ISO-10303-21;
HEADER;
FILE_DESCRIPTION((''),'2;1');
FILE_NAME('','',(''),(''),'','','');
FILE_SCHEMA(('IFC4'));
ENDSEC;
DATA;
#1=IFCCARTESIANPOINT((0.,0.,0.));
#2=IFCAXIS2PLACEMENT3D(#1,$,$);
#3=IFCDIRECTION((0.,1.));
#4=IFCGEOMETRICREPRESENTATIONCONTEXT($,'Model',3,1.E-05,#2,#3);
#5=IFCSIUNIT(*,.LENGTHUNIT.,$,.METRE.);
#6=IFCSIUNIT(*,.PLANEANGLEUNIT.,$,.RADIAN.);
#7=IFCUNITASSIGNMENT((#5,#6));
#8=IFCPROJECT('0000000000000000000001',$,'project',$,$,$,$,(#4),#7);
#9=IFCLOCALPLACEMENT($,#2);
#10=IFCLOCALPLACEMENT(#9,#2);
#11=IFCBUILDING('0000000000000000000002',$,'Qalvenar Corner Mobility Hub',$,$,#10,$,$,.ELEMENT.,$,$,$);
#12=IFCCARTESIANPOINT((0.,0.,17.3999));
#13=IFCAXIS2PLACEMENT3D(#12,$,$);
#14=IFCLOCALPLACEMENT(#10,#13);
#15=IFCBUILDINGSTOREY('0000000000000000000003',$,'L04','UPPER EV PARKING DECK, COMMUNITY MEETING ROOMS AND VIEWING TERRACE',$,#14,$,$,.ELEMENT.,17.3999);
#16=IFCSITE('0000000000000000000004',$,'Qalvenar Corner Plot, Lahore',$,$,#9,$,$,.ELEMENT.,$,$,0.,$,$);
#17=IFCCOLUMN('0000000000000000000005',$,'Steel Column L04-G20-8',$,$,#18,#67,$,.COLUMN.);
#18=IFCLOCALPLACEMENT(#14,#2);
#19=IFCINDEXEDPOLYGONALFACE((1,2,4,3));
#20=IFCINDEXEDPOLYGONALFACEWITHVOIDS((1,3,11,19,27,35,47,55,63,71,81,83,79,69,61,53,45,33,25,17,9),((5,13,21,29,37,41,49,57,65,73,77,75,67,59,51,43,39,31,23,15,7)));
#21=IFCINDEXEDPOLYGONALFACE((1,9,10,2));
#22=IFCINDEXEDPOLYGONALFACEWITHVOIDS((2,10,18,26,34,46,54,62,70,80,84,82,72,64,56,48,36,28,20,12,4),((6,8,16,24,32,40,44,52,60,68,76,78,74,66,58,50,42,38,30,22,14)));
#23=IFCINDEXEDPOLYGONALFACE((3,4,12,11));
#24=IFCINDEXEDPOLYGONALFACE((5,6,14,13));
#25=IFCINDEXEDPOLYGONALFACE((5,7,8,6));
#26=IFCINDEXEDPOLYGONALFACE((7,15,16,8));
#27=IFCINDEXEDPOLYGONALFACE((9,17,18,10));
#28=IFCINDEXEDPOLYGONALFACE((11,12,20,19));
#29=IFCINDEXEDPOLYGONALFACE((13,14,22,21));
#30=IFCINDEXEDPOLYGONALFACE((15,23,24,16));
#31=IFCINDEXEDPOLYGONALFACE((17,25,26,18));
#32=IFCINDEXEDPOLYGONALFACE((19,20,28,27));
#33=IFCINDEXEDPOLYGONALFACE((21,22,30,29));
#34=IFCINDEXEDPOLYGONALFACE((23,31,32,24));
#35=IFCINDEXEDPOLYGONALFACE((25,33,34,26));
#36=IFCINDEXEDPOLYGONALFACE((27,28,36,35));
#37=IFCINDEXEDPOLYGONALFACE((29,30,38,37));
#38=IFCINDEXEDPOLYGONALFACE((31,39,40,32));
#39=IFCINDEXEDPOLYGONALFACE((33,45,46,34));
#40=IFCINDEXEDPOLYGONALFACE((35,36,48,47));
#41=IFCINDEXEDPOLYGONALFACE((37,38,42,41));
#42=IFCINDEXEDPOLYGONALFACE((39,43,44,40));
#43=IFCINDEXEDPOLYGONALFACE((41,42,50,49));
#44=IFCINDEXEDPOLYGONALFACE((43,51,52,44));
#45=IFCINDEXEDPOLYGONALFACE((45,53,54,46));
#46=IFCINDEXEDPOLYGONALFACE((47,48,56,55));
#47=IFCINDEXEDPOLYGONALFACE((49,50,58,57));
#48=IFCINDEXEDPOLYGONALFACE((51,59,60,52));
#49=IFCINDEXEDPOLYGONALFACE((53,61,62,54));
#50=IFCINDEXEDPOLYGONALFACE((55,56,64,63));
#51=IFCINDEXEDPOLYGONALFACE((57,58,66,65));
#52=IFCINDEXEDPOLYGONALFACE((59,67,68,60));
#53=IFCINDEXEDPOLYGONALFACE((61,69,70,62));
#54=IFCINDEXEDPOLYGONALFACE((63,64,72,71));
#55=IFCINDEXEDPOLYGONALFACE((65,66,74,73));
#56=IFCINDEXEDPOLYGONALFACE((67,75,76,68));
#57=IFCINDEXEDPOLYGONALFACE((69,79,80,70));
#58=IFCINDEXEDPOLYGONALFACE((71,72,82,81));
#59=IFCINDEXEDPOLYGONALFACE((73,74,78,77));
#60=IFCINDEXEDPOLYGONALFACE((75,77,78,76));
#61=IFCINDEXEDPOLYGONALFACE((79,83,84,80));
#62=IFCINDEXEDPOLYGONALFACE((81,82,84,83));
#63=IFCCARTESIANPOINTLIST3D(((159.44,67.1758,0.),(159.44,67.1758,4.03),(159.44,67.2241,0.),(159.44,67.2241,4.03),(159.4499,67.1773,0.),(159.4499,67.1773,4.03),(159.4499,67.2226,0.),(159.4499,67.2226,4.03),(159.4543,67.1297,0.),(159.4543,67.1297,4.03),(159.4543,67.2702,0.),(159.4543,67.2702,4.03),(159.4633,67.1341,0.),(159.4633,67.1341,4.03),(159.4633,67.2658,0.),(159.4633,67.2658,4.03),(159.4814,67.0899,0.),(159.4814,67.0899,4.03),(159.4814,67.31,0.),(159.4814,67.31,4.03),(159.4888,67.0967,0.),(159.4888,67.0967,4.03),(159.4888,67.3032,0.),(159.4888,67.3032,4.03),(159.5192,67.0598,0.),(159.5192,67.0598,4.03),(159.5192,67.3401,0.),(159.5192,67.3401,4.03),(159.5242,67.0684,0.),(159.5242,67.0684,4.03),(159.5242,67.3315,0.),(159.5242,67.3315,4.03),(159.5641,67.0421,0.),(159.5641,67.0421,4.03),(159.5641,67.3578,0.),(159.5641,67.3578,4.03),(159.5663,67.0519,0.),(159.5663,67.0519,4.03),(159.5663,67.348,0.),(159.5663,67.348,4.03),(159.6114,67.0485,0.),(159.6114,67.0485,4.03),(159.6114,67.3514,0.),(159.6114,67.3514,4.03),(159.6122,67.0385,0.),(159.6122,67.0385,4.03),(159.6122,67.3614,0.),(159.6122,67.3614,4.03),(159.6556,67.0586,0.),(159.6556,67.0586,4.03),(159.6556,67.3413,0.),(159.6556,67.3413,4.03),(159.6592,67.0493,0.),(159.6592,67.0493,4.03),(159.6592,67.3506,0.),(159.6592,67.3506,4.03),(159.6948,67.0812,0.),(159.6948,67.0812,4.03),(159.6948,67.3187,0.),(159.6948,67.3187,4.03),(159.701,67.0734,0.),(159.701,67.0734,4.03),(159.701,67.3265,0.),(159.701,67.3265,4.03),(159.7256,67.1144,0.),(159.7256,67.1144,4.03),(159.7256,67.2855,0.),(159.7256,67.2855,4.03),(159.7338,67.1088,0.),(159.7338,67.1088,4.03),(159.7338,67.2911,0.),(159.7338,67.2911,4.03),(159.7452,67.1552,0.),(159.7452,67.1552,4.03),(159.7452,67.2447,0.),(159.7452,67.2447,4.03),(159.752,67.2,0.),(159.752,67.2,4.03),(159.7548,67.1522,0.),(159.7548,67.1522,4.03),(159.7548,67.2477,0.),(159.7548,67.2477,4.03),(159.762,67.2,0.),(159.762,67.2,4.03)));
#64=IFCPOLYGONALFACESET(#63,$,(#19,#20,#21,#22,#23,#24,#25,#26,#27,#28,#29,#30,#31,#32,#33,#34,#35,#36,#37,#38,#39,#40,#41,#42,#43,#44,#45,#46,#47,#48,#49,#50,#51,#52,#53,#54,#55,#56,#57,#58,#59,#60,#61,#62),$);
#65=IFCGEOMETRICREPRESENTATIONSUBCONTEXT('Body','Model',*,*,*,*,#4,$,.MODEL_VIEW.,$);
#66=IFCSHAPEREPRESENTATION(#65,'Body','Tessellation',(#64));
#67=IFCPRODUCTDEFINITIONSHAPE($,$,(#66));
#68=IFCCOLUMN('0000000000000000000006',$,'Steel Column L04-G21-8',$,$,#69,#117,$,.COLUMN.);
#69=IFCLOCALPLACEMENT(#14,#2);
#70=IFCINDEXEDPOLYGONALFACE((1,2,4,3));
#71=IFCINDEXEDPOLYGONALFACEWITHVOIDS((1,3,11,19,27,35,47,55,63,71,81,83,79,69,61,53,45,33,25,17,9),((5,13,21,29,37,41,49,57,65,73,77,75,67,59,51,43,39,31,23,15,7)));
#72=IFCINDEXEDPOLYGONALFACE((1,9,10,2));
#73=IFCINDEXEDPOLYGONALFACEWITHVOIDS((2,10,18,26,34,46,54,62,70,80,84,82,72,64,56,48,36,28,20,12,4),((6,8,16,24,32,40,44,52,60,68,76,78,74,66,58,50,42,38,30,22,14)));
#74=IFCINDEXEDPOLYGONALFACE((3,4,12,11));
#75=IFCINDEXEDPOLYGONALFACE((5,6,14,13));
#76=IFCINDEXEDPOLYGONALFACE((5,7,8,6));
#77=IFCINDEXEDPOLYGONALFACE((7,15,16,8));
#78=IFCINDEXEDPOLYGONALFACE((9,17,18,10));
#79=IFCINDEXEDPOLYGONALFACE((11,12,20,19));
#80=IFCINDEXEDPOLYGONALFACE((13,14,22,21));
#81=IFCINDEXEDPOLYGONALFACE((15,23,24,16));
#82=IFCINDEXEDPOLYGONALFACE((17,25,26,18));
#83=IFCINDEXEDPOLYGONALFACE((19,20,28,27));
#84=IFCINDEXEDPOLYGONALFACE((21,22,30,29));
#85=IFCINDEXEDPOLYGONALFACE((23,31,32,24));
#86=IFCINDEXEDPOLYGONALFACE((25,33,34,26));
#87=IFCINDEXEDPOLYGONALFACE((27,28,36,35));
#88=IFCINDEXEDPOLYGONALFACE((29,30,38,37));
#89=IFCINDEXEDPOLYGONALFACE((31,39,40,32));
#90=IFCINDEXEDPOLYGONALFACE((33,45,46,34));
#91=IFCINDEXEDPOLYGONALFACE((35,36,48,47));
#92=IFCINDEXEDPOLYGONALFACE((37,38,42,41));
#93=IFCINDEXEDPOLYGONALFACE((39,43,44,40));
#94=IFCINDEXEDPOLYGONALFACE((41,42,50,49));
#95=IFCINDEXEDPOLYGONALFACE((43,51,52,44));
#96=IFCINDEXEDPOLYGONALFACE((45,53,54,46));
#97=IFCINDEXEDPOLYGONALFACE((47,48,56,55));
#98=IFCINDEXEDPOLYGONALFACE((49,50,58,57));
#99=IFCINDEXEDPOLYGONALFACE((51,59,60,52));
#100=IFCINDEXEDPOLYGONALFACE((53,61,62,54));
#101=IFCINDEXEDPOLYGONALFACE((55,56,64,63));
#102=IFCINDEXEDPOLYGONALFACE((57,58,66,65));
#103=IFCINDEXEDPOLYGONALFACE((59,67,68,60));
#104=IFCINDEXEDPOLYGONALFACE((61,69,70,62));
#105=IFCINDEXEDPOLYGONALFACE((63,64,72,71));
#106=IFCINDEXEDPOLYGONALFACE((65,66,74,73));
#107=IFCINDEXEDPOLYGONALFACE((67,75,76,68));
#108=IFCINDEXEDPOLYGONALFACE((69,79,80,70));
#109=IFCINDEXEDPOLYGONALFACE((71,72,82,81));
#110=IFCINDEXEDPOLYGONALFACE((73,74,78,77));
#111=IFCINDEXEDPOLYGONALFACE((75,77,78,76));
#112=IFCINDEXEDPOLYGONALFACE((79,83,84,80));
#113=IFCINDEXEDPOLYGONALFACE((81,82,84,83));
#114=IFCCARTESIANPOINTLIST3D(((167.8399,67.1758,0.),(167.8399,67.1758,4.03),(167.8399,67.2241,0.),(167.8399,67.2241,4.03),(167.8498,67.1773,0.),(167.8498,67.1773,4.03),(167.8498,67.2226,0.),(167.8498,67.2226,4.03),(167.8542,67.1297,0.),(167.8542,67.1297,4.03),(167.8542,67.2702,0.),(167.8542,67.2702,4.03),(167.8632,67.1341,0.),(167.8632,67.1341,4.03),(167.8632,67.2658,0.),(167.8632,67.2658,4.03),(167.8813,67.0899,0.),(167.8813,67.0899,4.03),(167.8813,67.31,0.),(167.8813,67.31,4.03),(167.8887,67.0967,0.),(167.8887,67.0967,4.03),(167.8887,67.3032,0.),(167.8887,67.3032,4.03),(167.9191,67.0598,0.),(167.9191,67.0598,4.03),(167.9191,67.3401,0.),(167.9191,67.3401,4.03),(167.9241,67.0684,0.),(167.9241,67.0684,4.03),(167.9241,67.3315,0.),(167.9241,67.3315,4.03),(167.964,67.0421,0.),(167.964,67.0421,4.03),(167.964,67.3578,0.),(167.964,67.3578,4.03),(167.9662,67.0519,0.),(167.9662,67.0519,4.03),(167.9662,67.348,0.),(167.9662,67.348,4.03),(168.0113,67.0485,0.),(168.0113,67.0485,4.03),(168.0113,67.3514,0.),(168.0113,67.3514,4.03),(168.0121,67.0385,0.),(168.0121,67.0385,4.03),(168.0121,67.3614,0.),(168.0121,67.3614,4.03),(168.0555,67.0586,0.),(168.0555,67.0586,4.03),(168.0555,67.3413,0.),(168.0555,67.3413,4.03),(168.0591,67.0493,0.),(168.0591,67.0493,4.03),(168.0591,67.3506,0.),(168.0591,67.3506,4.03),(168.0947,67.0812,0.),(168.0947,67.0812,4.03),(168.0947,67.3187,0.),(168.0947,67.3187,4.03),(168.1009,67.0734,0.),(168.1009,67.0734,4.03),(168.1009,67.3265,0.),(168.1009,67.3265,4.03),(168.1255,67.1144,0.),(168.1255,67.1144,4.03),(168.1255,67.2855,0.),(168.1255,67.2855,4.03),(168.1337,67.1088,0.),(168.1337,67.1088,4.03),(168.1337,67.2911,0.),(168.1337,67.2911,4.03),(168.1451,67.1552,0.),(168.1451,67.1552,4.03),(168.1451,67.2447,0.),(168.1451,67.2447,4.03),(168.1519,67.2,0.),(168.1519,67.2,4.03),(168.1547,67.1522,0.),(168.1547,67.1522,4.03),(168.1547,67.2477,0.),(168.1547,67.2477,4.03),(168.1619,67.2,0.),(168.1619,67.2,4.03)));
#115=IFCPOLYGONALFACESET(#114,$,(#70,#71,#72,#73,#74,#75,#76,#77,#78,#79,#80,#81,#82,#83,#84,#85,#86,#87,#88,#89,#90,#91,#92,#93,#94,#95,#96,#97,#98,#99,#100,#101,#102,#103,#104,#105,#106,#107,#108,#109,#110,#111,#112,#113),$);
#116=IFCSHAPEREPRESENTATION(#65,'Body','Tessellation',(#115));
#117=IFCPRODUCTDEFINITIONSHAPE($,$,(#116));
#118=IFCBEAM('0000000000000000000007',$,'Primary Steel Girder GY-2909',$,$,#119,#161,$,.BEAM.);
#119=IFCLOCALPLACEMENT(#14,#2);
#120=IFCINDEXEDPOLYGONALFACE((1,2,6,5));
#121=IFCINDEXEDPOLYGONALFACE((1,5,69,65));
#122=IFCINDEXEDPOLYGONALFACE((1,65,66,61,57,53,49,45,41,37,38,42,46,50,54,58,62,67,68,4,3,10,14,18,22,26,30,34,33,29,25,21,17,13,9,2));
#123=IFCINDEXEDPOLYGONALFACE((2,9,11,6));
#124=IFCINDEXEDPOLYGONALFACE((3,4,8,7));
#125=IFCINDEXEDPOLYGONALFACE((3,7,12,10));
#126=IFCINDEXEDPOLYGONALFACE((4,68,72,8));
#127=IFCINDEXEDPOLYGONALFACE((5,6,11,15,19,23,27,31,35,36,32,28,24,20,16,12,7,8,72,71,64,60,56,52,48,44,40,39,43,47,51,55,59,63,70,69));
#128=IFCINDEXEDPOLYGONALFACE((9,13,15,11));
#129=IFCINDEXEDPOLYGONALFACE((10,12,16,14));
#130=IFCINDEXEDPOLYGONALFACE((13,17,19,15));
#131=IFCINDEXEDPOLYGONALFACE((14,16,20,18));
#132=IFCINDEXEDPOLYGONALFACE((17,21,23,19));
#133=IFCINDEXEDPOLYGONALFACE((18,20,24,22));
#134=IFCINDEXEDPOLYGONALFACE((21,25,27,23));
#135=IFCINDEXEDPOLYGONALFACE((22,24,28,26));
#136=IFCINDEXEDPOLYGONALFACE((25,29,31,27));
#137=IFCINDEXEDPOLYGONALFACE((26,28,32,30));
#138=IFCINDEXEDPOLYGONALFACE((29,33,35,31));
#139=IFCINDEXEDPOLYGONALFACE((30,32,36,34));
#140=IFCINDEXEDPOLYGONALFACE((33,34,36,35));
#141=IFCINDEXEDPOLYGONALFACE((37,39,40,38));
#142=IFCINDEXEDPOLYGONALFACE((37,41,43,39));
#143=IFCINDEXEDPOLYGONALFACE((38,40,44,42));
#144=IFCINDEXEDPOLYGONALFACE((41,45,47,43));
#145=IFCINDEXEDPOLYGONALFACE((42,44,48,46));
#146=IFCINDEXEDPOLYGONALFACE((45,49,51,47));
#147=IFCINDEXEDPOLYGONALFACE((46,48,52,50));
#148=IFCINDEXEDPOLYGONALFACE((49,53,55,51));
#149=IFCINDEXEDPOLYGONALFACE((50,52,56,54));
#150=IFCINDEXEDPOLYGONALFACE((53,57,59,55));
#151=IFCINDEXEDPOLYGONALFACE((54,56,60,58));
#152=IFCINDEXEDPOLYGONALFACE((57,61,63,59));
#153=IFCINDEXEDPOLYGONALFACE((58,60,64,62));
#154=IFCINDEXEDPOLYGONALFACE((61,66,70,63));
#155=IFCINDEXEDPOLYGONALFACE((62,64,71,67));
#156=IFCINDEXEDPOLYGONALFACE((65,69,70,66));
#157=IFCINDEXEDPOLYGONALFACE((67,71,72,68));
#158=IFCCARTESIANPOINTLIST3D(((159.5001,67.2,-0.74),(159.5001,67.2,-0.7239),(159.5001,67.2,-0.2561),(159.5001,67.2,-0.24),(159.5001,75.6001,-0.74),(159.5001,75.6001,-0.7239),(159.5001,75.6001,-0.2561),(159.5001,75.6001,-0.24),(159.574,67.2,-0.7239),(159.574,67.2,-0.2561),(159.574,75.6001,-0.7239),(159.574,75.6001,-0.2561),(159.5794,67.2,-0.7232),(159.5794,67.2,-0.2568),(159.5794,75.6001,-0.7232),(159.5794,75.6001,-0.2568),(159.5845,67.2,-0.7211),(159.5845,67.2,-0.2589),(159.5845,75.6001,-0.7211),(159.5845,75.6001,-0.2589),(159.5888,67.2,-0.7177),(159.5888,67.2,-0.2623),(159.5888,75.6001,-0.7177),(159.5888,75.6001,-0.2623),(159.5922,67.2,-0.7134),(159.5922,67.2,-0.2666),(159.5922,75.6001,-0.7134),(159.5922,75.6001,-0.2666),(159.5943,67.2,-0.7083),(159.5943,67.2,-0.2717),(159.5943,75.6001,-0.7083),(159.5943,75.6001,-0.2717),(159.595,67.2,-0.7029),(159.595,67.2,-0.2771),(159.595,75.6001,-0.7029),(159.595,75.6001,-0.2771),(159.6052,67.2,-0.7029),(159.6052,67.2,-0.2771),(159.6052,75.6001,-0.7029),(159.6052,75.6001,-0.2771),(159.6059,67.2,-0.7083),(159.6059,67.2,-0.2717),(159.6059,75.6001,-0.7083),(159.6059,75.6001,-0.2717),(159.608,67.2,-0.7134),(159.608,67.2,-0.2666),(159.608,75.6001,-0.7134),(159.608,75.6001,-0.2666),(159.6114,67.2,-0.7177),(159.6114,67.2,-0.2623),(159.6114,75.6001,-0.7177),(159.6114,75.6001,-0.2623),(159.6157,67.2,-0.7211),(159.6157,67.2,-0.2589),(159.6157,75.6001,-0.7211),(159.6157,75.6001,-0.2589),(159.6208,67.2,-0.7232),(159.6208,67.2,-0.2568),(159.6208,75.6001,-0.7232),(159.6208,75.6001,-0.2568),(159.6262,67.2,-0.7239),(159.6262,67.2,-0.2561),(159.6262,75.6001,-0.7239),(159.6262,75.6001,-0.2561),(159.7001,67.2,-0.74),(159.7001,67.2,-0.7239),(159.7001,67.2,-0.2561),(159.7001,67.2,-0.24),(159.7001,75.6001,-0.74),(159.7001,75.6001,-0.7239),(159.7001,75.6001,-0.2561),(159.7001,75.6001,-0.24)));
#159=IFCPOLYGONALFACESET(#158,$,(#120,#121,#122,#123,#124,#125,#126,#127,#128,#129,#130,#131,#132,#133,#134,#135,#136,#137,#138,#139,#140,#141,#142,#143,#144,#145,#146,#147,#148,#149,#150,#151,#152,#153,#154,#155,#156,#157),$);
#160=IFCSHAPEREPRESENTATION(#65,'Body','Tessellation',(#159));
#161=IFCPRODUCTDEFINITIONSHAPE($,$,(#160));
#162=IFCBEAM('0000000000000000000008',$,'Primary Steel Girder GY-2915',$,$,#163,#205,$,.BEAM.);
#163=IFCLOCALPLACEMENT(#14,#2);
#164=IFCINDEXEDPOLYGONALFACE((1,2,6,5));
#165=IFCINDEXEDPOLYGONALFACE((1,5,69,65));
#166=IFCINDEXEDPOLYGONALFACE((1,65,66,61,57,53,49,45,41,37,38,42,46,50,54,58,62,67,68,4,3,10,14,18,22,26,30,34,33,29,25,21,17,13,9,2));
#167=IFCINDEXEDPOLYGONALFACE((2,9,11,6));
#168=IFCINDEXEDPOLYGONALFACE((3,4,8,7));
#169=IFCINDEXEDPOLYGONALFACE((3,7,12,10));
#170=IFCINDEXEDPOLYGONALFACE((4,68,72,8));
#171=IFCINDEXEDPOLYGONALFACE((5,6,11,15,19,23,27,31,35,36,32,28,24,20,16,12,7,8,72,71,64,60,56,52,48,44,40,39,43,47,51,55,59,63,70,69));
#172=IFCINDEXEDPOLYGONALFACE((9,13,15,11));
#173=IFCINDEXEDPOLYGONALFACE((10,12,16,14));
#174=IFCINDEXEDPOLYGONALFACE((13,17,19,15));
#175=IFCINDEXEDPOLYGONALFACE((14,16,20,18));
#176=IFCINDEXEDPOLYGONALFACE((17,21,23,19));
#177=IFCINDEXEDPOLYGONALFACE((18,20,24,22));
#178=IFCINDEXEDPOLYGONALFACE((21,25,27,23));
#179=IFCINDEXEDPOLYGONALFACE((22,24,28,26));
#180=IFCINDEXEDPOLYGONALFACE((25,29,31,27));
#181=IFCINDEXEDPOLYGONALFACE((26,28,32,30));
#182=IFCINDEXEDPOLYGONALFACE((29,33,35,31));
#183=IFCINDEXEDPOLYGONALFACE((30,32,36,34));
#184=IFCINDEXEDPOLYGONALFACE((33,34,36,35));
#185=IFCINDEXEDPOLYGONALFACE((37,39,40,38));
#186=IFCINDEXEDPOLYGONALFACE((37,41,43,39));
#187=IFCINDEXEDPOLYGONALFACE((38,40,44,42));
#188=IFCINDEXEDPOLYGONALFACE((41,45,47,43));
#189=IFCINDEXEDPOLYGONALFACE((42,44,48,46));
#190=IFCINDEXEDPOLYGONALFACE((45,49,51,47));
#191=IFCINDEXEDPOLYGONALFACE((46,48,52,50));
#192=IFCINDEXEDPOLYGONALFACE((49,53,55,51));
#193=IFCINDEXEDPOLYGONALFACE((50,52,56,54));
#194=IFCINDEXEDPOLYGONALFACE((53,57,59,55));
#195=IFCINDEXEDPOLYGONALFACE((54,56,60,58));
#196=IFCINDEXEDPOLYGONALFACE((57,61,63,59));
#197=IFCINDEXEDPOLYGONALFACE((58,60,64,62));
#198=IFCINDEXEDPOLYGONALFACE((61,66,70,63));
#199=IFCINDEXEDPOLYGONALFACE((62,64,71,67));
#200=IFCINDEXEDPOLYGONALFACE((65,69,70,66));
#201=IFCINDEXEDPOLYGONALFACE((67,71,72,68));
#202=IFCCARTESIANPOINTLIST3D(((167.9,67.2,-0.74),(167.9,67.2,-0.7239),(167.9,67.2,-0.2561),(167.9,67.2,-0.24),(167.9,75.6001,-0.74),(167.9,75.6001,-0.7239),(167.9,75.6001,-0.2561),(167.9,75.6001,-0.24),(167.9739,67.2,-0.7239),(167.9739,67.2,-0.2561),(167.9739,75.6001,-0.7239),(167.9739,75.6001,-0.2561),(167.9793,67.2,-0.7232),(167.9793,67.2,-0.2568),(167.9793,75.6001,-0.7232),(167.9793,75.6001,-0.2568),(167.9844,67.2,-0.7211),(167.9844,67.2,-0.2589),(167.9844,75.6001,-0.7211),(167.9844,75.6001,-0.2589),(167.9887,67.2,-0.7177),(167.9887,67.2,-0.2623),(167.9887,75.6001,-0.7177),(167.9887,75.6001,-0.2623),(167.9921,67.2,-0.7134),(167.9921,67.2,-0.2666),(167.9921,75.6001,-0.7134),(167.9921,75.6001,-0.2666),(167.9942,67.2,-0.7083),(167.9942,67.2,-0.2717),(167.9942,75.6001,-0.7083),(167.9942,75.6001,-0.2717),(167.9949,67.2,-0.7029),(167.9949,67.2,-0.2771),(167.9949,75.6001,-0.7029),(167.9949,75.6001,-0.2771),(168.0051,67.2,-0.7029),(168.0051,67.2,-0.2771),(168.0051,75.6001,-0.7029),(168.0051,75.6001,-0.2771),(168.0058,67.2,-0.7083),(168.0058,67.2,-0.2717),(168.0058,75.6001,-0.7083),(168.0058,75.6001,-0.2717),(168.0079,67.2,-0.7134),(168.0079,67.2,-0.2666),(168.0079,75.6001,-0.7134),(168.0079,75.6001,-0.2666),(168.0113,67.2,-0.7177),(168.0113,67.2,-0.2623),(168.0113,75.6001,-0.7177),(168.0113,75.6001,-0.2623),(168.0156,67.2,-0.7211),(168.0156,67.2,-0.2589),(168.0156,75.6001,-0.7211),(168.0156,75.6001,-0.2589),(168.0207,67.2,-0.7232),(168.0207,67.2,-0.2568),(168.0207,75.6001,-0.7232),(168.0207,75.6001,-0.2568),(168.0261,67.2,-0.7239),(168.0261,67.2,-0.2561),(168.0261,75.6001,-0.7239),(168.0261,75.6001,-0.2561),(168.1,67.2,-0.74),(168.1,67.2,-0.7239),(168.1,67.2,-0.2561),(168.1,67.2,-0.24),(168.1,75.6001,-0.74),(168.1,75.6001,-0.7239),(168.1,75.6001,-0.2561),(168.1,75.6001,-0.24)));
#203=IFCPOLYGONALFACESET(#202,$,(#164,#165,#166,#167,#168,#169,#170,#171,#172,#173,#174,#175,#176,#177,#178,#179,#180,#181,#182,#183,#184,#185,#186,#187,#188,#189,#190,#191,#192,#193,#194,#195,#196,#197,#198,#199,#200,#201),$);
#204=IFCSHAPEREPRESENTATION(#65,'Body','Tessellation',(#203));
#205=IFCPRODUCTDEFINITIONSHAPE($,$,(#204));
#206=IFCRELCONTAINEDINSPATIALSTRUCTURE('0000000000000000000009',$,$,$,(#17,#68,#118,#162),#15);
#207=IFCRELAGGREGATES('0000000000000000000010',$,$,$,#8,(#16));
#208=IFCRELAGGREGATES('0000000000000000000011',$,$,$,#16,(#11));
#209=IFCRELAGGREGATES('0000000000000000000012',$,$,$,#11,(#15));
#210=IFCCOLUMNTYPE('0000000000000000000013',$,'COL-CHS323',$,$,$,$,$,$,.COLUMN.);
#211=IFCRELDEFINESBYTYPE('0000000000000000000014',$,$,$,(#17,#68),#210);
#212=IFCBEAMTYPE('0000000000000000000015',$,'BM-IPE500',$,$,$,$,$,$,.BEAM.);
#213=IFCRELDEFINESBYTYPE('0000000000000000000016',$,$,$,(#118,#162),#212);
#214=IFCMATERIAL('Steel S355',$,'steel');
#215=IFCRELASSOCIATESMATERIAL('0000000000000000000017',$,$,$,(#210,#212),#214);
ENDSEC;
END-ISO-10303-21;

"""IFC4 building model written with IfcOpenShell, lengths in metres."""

from ifc_helpers import new_model, si_unit, direction, frame, origin, origin_2d, place, context, subcontext, project, spatial, hollow_circle, i_section, extrude, material, material_profile, profile_set, type_object, element, save


model = new_model("IFC4")

# Units and contexts
model_context = context("Model", 3, precision=1e-05, world=origin(), true_north=direction((0.0, 1.0)))
body_context = subcontext(model_context, "Body", "Model", "MODEL_VIEW")
ifc_project = project(units=[si_unit("LENGTHUNIT", "METRE"), si_unit("PLANEANGLEUNIT", "RADIAN")], contexts=[model_context])

# Site, building, storey
site_placement = place(None, origin())
site = spatial("IfcSite", under=ifc_project, at=site_placement, Name="Qalvenar Corner Plot, Lahore", CompositionType="ELEMENT", RefElevation=0.0)
building_placement = place(site_placement, origin())
building = spatial("IfcBuilding", under=site, at=building_placement, Name="Qalvenar Corner Mobility Hub", CompositionType="ELEMENT")
storey_placement = place(building_placement, frame((0.0, 0.0, 17.3999)))
storey = spatial("IfcBuildingStorey", under=building, at=storey_placement, Name="L04", Description="UPPER EV PARKING DECK, COMMUNITY MEETING ROOMS AND VIEWING TERRACE", CompositionType="ELEMENT", Elevation=17.3999)

# Columns
ifc_material_1 = material(Name="Steel S355", Category="steel")
ifc_material_profile_1 = material_profile(ifc_material_1, hollow_circle(Radius=0.1619, WallThickness=0.01, at=origin_2d()), Name="CHS323.9x10")
ifc_profile_set_1 = profile_set([ifc_material_profile_1], Name="Steel S355")
column_type = type_object("IfcColumnType", Name="COL-CHS323", PredefinedType="COLUMN", material=ifc_profile_set_1)
for number, where, z_axis, x_axis, name in (
    (1, (159.6001, 67.2, 0.0), (0.0, 0.0, 1.0), (1.0, 0.0, 0.0), "Steel Column L04-G20-8"),
    (2, (168.0, 67.2, 0.0), (0.0, 0.0, 1.0), (1.0, 0.0, 0.0), "Steel Column L04-G21-8"),
):
    element("IfcColumn", number, at=place(storey_placement, frame(where, z_axis=z_axis, x_axis=x_axis)), inside=storey, type_object=column_type, Name=name, PredefinedType="COLUMN", context=body_context, shape_type="SweptSolid", body=[
        extrude(hollow_circle(Radius=0.1619, WallThickness=0.01, at=origin_2d()), origin(), (0.0, 0.0, 1.0), 4.03),
    ])

# Beams
ifc_material_profile_2 = material_profile(ifc_material_1, i_section(OverallWidth=0.2, OverallDepth=0.5, WebThickness=0.0103, FlangeThickness=0.0161, FilletRadius=0.021, at=origin_2d()), Name="IPE500")
ifc_profile_set_2 = profile_set([ifc_material_profile_2], Name="Steel S355")
beam_type_1 = type_object("IfcBeamType", Name="BM-IPE500", PredefinedType="BEAM", material=ifc_profile_set_2)
for number, where, z_axis, x_axis, name in (
    (3, (159.6001, 67.2, -0.49), (0.0, 1.0, 0.0), (-1.0, 0.0, 0.0), "Primary Steel Girder GY-2909"),
    (4, (168.0, 67.2, -0.49), (0.0, 1.0, 0.0), (-1.0, 0.0, 0.0), "Primary Steel Girder GY-2915"),
):
    element("IfcBeam", number, at=place(storey_placement, frame(where, z_axis=z_axis, x_axis=x_axis)), inside=storey, type_object=beam_type_1, Name=name, PredefinedType="BEAM", context=body_context, shape_type="SweptSolid", body=[
        extrude(i_section(OverallWidth=0.2, OverallDepth=0.5, WebThickness=0.0103, FlangeThickness=0.0161, FilletRadius=0.021, at=origin_2d()), origin(), (0.0, 0.0, 1.0), 8.4001),
    ])

save(model, "model.ifc")
